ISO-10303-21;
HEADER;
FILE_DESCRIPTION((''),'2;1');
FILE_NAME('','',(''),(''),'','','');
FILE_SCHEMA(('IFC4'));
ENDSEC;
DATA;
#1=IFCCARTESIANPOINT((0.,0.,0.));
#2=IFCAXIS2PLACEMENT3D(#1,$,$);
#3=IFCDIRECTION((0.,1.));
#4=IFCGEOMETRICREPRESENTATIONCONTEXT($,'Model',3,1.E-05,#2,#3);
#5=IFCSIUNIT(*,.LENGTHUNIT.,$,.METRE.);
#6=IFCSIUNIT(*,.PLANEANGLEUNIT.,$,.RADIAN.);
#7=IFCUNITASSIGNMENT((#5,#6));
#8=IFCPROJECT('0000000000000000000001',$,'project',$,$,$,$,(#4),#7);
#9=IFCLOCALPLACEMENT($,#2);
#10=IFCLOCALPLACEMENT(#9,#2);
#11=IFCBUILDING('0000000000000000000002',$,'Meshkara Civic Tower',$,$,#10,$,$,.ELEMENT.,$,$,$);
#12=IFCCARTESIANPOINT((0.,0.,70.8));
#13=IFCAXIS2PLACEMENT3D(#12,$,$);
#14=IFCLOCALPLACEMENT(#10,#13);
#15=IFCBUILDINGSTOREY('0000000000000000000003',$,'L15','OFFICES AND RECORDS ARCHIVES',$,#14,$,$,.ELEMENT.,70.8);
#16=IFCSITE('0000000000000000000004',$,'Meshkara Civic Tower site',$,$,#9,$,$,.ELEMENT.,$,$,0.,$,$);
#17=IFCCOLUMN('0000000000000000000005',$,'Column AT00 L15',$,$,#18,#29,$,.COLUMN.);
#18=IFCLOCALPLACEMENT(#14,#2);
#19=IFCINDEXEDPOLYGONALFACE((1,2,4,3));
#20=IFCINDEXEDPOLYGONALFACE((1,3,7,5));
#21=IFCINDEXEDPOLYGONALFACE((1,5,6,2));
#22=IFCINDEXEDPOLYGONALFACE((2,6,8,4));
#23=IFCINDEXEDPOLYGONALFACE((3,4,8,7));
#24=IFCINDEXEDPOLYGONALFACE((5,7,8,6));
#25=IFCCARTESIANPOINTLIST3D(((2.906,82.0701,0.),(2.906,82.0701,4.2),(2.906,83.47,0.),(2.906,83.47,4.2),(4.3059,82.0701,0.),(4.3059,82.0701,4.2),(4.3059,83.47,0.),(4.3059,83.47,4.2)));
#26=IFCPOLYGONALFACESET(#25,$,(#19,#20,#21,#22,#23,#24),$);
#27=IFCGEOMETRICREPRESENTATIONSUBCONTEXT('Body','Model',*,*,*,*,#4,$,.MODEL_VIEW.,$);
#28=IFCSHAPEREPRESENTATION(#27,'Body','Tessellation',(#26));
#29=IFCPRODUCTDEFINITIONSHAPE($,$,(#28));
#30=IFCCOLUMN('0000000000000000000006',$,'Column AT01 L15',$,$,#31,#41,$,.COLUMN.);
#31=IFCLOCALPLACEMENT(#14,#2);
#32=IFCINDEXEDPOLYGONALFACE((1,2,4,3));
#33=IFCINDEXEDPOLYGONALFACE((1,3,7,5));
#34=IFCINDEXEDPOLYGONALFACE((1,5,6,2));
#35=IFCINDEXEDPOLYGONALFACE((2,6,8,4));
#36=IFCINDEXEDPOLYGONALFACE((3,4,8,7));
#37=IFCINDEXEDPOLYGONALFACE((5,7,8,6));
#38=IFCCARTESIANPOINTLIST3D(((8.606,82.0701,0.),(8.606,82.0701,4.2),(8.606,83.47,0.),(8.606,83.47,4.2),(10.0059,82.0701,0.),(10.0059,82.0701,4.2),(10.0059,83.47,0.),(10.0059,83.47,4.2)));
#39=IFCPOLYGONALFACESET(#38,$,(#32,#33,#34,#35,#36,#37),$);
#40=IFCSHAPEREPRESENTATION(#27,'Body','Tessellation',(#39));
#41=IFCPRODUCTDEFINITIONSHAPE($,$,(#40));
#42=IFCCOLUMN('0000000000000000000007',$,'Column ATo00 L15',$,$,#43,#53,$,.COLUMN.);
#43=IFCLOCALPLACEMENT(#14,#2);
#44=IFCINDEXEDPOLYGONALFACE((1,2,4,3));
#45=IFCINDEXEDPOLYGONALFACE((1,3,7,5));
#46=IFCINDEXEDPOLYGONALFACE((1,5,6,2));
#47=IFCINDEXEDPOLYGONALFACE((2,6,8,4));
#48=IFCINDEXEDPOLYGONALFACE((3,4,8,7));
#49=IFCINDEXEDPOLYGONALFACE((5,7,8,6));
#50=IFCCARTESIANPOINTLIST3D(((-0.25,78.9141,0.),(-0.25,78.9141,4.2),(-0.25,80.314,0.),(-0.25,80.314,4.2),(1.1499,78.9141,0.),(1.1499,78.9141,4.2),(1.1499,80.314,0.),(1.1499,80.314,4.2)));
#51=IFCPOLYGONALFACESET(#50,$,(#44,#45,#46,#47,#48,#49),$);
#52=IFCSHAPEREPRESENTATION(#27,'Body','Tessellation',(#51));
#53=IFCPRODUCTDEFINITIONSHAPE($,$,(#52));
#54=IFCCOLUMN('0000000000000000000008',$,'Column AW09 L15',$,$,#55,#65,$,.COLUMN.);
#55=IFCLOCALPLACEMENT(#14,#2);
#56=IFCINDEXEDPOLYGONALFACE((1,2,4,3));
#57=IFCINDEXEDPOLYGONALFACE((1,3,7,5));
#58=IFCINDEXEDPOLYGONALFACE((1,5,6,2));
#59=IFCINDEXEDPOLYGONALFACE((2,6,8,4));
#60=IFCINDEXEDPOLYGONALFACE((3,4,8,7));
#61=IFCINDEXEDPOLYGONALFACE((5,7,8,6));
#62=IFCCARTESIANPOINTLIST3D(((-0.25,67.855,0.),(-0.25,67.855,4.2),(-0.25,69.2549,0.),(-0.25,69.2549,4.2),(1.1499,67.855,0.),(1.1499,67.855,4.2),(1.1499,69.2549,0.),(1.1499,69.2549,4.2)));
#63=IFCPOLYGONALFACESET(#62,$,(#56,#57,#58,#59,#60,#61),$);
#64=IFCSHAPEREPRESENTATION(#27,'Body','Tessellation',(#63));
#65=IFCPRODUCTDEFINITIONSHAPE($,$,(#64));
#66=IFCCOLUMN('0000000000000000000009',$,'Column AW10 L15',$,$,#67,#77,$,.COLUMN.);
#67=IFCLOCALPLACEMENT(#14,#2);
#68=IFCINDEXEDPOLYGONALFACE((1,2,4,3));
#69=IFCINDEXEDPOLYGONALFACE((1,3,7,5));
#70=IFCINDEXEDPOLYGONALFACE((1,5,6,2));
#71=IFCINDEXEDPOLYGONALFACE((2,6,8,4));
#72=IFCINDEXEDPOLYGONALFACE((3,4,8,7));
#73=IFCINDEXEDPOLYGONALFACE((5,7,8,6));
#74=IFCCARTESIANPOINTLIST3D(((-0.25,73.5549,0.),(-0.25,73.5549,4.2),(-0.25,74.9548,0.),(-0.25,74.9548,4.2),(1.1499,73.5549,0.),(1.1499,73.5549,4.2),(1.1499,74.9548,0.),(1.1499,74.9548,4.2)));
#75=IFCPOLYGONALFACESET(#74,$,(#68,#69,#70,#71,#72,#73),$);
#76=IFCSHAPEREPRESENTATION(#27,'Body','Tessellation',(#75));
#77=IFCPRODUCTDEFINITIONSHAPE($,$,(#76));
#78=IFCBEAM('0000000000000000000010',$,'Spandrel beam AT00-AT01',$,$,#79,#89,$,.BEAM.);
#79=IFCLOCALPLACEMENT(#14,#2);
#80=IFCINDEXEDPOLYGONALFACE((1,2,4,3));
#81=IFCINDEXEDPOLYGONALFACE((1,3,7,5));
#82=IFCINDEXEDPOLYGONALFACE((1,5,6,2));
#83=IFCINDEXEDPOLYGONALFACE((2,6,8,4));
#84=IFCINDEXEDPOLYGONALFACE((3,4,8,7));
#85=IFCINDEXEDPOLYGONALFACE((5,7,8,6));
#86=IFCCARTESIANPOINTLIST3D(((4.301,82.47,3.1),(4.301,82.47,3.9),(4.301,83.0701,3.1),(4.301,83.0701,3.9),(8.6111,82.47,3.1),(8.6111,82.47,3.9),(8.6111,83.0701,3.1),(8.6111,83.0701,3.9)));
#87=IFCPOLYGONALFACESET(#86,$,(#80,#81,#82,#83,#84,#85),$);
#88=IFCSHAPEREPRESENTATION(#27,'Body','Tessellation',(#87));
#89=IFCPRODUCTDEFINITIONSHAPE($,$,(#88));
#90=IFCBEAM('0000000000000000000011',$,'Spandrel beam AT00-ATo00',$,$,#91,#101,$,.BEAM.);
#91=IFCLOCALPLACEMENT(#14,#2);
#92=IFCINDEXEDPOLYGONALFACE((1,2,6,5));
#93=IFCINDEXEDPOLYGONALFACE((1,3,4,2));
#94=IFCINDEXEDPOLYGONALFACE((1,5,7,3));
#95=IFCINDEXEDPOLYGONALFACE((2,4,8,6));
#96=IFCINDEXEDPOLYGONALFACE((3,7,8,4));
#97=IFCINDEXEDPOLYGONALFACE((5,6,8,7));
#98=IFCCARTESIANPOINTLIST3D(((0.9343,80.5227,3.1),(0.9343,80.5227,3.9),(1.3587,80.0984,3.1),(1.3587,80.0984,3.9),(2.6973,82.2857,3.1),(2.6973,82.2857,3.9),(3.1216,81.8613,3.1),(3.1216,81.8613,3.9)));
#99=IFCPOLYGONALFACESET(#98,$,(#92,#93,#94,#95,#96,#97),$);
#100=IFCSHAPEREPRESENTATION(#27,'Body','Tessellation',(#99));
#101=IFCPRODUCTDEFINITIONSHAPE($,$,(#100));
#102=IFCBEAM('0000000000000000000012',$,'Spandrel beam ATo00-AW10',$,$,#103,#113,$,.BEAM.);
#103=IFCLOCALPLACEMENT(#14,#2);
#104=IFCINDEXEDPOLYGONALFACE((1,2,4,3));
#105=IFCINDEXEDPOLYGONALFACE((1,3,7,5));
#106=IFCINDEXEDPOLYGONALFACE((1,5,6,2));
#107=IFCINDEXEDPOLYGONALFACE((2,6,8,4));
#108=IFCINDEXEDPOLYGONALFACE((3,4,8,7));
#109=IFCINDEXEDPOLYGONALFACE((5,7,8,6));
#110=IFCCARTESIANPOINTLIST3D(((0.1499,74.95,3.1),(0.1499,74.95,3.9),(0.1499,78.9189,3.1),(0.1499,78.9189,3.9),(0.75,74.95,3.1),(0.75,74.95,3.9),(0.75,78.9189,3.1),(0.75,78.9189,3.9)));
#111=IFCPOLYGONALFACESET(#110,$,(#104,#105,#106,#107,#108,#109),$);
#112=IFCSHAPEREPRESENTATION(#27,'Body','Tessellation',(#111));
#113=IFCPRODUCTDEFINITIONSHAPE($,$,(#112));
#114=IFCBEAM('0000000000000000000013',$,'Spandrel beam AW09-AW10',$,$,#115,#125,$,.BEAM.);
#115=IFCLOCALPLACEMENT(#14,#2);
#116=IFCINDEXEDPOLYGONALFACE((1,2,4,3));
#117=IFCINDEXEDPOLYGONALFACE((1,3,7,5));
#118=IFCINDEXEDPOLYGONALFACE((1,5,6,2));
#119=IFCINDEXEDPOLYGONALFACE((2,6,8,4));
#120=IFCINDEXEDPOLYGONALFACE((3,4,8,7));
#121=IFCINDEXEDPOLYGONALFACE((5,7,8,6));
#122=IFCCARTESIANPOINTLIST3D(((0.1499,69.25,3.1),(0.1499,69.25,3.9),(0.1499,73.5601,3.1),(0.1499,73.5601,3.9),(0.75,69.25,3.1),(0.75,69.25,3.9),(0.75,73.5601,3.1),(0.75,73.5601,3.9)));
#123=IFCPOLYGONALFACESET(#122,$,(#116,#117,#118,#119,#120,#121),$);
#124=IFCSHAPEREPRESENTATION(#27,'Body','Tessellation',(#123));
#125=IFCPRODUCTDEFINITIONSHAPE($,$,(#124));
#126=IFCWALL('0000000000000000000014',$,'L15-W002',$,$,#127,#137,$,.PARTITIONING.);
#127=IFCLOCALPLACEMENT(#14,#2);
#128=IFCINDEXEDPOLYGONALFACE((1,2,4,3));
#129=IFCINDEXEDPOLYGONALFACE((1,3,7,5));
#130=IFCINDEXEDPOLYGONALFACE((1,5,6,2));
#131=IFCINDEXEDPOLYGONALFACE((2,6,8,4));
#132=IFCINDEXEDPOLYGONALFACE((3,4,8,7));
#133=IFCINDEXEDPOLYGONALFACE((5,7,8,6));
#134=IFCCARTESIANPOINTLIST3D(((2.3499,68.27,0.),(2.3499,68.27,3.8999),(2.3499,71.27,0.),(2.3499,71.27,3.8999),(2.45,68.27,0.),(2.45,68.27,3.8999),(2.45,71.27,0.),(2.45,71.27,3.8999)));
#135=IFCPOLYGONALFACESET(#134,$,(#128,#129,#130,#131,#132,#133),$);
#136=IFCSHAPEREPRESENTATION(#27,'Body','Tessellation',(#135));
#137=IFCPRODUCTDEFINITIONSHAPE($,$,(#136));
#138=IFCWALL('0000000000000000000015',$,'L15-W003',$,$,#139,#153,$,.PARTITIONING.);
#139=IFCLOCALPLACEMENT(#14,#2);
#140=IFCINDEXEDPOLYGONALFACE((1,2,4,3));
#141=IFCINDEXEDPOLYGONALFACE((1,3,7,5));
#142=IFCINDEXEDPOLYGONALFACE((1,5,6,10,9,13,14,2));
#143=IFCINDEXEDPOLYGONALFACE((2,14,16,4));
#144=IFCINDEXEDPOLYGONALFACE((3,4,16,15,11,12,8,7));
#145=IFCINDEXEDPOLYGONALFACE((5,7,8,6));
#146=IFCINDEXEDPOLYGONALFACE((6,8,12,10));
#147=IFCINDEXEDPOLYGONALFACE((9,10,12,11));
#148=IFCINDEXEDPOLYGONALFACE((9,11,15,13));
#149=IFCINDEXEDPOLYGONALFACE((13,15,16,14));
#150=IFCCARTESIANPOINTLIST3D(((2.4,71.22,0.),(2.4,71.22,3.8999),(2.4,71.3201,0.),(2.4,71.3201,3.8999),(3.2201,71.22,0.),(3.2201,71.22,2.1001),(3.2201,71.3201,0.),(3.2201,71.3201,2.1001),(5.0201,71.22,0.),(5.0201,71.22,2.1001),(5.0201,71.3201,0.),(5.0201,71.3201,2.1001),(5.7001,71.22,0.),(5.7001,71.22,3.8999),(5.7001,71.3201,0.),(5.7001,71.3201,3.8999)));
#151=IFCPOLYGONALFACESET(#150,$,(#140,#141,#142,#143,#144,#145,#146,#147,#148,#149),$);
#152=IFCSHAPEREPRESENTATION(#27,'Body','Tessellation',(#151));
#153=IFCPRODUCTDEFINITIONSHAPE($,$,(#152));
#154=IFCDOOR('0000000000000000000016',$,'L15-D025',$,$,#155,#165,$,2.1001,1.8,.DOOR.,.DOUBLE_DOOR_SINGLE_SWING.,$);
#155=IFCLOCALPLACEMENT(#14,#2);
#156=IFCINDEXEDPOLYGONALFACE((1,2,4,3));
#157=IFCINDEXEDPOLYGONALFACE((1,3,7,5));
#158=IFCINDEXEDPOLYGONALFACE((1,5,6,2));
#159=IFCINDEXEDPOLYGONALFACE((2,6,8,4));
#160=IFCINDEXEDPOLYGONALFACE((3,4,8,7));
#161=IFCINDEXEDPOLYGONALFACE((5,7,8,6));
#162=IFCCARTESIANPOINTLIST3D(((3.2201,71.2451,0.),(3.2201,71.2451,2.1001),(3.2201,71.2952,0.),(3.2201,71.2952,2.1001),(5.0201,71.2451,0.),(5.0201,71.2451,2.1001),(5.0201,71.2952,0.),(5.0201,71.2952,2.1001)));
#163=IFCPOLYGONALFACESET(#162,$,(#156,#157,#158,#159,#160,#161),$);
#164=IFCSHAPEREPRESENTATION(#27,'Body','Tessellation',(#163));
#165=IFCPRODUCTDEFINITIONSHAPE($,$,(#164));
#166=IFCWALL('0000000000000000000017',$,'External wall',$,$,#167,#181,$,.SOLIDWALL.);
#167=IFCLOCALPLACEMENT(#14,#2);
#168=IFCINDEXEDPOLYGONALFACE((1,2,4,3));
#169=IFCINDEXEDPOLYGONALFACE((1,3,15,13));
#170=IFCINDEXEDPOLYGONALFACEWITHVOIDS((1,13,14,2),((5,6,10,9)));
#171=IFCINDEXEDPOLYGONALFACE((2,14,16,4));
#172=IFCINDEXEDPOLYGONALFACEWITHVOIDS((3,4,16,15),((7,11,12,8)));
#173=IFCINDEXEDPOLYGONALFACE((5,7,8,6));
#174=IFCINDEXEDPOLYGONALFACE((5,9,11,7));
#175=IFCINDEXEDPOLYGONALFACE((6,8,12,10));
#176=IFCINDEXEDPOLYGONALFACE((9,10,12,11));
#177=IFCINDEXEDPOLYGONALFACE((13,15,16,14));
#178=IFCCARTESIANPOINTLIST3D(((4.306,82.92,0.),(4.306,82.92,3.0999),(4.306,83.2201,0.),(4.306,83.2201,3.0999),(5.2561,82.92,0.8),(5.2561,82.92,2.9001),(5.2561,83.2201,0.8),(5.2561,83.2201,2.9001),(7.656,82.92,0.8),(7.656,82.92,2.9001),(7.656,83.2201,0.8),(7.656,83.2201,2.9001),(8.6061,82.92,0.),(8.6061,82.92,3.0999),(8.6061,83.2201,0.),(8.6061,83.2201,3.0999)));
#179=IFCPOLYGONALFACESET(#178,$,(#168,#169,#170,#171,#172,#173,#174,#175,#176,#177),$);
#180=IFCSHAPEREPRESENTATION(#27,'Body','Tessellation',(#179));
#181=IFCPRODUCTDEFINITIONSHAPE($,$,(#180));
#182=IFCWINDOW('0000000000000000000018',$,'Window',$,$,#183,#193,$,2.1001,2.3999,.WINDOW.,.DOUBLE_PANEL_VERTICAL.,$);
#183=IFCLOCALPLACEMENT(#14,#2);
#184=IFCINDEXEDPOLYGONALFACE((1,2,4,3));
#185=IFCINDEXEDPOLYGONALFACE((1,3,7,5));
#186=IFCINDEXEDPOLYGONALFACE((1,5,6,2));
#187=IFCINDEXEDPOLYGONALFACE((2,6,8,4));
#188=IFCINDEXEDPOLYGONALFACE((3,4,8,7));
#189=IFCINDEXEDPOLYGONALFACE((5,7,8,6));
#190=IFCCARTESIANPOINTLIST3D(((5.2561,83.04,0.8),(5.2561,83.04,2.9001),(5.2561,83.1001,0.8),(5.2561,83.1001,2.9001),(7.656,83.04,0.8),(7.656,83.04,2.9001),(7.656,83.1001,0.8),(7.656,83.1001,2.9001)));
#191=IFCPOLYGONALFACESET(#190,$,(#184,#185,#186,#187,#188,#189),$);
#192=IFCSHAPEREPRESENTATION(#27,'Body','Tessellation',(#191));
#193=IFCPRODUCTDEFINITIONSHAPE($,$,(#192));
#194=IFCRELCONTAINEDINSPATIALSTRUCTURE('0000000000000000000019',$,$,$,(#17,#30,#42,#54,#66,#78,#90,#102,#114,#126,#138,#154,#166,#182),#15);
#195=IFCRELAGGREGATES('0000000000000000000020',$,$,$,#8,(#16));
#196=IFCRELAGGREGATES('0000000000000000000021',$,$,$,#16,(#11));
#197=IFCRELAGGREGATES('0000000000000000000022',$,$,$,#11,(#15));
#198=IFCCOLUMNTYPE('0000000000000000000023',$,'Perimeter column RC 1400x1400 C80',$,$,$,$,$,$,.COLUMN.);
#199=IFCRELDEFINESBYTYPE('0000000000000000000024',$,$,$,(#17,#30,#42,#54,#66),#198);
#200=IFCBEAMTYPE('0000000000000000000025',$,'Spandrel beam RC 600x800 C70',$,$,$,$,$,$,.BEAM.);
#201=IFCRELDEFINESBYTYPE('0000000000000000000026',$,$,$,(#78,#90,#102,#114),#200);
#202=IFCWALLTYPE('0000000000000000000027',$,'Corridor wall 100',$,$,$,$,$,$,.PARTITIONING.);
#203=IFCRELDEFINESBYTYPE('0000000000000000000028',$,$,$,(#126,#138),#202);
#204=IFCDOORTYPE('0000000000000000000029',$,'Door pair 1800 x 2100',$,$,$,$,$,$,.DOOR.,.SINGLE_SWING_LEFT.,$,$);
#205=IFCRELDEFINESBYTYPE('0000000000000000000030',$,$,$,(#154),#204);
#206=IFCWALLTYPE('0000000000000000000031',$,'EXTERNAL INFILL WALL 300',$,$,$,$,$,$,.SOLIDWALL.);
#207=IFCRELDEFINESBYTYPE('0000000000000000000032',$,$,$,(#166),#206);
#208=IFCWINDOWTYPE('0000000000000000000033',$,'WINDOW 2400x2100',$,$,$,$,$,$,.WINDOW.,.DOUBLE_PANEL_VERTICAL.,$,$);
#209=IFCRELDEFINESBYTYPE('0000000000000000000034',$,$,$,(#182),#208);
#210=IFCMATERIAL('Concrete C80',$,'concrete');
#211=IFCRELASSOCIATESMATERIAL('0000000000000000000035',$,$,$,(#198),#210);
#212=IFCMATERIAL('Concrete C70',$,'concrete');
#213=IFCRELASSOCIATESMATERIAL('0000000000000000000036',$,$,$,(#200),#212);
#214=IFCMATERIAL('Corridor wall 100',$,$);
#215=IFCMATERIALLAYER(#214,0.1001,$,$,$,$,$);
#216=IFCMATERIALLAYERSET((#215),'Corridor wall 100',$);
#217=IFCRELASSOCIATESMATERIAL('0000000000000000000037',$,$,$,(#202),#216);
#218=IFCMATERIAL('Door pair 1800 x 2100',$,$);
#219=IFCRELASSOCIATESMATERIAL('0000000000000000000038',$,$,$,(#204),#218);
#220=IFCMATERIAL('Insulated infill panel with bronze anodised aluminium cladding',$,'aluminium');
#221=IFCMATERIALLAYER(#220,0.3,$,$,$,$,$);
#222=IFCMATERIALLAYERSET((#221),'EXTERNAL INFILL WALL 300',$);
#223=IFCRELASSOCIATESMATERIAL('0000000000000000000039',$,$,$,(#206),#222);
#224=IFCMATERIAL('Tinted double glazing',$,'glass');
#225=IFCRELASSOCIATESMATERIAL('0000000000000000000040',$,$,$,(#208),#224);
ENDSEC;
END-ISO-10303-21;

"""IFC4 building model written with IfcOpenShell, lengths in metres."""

from ifc_helpers import new_model, si_unit, direction, frame, frame_2d, origin, origin_2d, place, context, subcontext, project, spatial, rectangle, extrude, material, layer, layer_set, material_profile, profile_set, type_object, element, fill, save


model = new_model("IFC4")

# Units and contexts
model_context = context("Model", 3, precision=1e-05, world=origin(), true_north=direction((0.0, 1.0)))
body_context = subcontext(model_context, "Body", "Model", "MODEL_VIEW")
ifc_project = project(units=[si_unit("LENGTHUNIT", "METRE"), si_unit("PLANEANGLEUNIT", "RADIAN")], contexts=[model_context])

# Site, building, storey
site_placement = place(None, origin())
site = spatial("IfcSite", under=ifc_project, at=site_placement, Name="Meshkara Civic Tower site", CompositionType="ELEMENT", RefElevation=0.0)
building_placement = place(site_placement, origin())
building = spatial("IfcBuilding", under=site, at=building_placement, Name="Meshkara Civic Tower", CompositionType="ELEMENT")
storey_placement = place(building_placement, frame((0.0, 0.0, 70.8)))
storey = spatial("IfcBuildingStorey", under=building, at=storey_placement, Name="L15", Description="OFFICES AND RECORDS ARCHIVES", CompositionType="ELEMENT", Elevation=70.8)

# Columns
ifc_material_1 = material(Name="Concrete C80", Category="concrete")
ifc_material_profile_1 = material_profile(ifc_material_1, rectangle(XDim=1.3999, YDim=1.3999, at=origin_2d()))
ifc_profile_set_1 = profile_set([ifc_material_profile_1], Name="Concrete C80")
column_type = type_object("IfcColumnType", Name="Perimeter column RC 1400x1400 C80", PredefinedType="COLUMN", material=ifc_profile_set_1)
for number, where, z_axis, x_axis, name in (
    (1, (3.606, 82.77, 0.0), (0.0, 0.0, 1.0), (1.0, 0.0, 0.0), "Column AT00 L15"),
    (2, (9.3059, 82.77, 0.0), (0.0, 0.0, 1.0), (1.0, 0.0, 0.0), "Column AT01 L15"),
    (3, (0.45, 79.614, 0.0), (0.0, 0.0, 1.0), (1.0, 0.0, 0.0), "Column ATo00 L15"),
    (4, (0.45, 68.5549, 0.0), (0.0, 0.0, 1.0), (1.0, 0.0, 0.0), "Column AW09 L15"),
    (5, (0.45, 74.2549, 0.0), (0.0, 0.0, 1.0), (1.0, 0.0, 0.0), "Column AW10 L15"),
):
    element("IfcColumn", number, at=place(storey_placement, frame(where, z_axis=z_axis, x_axis=x_axis)), inside=storey, type_object=column_type, Name=name, PredefinedType="COLUMN", context=body_context, shape_type="SweptSolid", body=[
        extrude(rectangle(XDim=1.3999, YDim=1.3999, at=origin_2d()), origin(), (0.0, 0.0, 1.0), 4.2),
    ])

# Beams
ifc_material_2 = material(Name="Concrete C70", Category="concrete")
ifc_material_profile_2 = material_profile(ifc_material_2, rectangle(XDim=0.6001, YDim=0.8, at=origin_2d()))
ifc_profile_set_2 = profile_set([ifc_material_profile_2], Name="Concrete C70")
beam_type = type_object("IfcBeamType", Name="Spandrel beam RC 600x800 C70", PredefinedType="BEAM", material=ifc_profile_set_2)
beam_1_placement = place(storey_placement, frame((8.6111, 82.77, 3.5), z_axis=(-1.0, 0.0, 0.0), x_axis=(0.0, -1.0, 0.0)))
element("IfcBeam", 6, at=beam_1_placement, inside=storey, type_object=beam_type, Name="Spandrel beam AT00-AT01", PredefinedType="BEAM", context=body_context, shape_type="SweptSolid", body=[
    extrude(rectangle(XDim=0.6001, YDim=0.8, at=origin_2d()), origin(), (0.0, 0.0, 1.0), 4.3101),
])
beam_2_placement = place(storey_placement, frame((2.9094, 82.0735, 3.5), z_axis=(-0.707107, -0.707107, 0.0), x_axis=(0.707107, -0.707107, 0.0)))
element("IfcBeam", 7, at=beam_2_placement, inside=storey, type_object=beam_type, Name="Spandrel beam AT00-ATo00", PredefinedType="BEAM", context=body_context, shape_type="SweptSolid", body=[
    extrude(rectangle(XDim=0.6001, YDim=0.8, at=origin_2d()), origin(), (0.0, 0.0, 1.0), 2.4932),
])
beam_3_placement = place(storey_placement, frame((0.45, 78.9189, 3.5), z_axis=(0.0, -1.0, 0.0), x_axis=(1.0, 0.0, 0.0)))
element("IfcBeam", 8, at=beam_3_placement, inside=storey, type_object=beam_type, Name="Spandrel beam ATo00-AW10", PredefinedType="BEAM", context=body_context, shape_type="SweptSolid", body=[
    extrude(rectangle(XDim=0.6001, YDim=0.8, at=origin_2d()), origin(), (0.0, 0.0, 1.0), 3.969),
])
beam_4_placement = place(storey_placement, frame((0.45, 73.5601, 3.5), z_axis=(0.0, -1.0, 0.0), x_axis=(1.0, 0.0, 0.0)))
element("IfcBeam", 9, at=beam_4_placement, inside=storey, type_object=beam_type, Name="Spandrel beam AW09-AW10", PredefinedType="BEAM", context=body_context, shape_type="SweptSolid", body=[
    extrude(rectangle(XDim=0.6001, YDim=0.8, at=origin_2d()), origin(), (0.0, 0.0, 1.0), 4.3101),
])

# Wall
ifc_material_3 = material(Name="Corridor wall 100")
ifc_layer_1 = layer(ifc_material_3, 0.1001)
ifc_layer_set_1 = layer_set([ifc_layer_1], Name="Corridor wall 100")
wall_type_1 = type_object("IfcWallType", Name="Corridor wall 100", PredefinedType="PARTITIONING", material=ifc_layer_set_1)
wall_1_placement = place(storey_placement, frame((2.3999, 71.27, 0.0), z_axis=(0.0, 0.0, 1.0), x_axis=(0.0, -1.0, 0.0)))
element("IfcWall", 10, at=wall_1_placement, inside=storey, type_object=wall_type_1, Name="L15-W002", PredefinedType="PARTITIONING", context=body_context, shape_type="SweptSolid", body=[
    extrude(rectangle(XDim=3.0, YDim=0.1001, at=frame_2d((1.5, 0.0))), origin(), (0.0, 0.0, 1.0), 3.8999),
])

# Wall, opening, door
wall_2_placement = place(storey_placement, frame((5.7, 71.27, 0.0), z_axis=(0.0, 0.0, 1.0), x_axis=(-1.0, 0.0, 0.0)))
wall_2 = element("IfcWall", 11, at=wall_2_placement, inside=storey, type_object=wall_type_1, Name="L15-W003", PredefinedType="PARTITIONING", context=body_context, shape_type="SweptSolid", body=[
    extrude(rectangle(XDim=3.3, YDim=0.1001, at=frame_2d((1.6499, 0.0))), origin(), (0.0, 0.0, 1.0), 3.8999),
])
opening_1_placement = place(wall_2_placement, frame((0.6799, 0.0, 0.0)))
opening_1 = element("IfcOpeningElement", 12, at=opening_1_placement, cuts=wall_2, PredefinedType="OPENING", context=body_context, shape_type="SweptSolid", body=[
    extrude(rectangle(XDim=1.8, YDim=2.1001, at=frame_2d((0.8999, 1.05))), frame((0.0, 0.0601, 0.0), z_axis=(0.0, -1.0, 0.0), x_axis=(1.0, 0.0, 0.0)), (0.0, 0.0, 1.0), 0.1201),
])
ifc_material_4 = material(Name="Door pair 1800 x 2100")
door_type_1 = type_object("IfcDoorType", Name="Door pair 1800 x 2100", OperationType="SINGLE_SWING_LEFT", PredefinedType="DOOR", material=ifc_material_4)
door_1_placement = place(opening_1_placement, origin())
door_1 = element("IfcDoor", 13, at=door_1_placement, inside=storey, type_object=door_type_1, Name="L15-D025", OperationType="DOUBLE_DOOR_SINGLE_SWING", OverallHeight=2.1001, OverallWidth=1.8, PredefinedType="DOOR", context=body_context, shape_type="SweptSolid", body=[
    extrude(rectangle(XDim=1.8, YDim=2.1001, at=frame_2d((0.8999, 1.05))), frame((0.0, 0.0249, 0.0), z_axis=(0.0, -1.0, 0.0), x_axis=(1.0, 0.0, 0.0)), (0.0, 0.0, 1.0), 0.05),
])
fill(opening_1, door_1)

# Wall, opening, window
ifc_material_5 = material(Name="Insulated infill panel with bronze anodised aluminium cladding", Category="aluminium")
ifc_layer_2 = layer(ifc_material_5, 0.3)
ifc_layer_set_2 = layer_set([ifc_layer_2], Name="EXTERNAL INFILL WALL 300")
wall_type_2 = type_object("IfcWallType", Name="EXTERNAL INFILL WALL 300", PredefinedType="SOLIDWALL", material=ifc_layer_set_2)
wall_3_placement = place(storey_placement, frame((8.606, 83.0701, 0.0), z_axis=(0.0, 0.0, 1.0), x_axis=(-1.0, 0.0, 0.0)))
wall_3 = element("IfcWall", 14, at=wall_3_placement, inside=storey, type_object=wall_type_2, Name="External wall", PredefinedType="SOLIDWALL", context=body_context, shape_type="SweptSolid", body=[
    extrude(rectangle(XDim=4.3, YDim=0.3, at=frame_2d((2.1499, 0.0))), origin(), (0.0, 0.0, 1.0), 3.0999),
])
opening_2_placement = place(wall_3_placement, frame((0.95, 0.0, 0.8)))
opening_2 = element("IfcOpeningElement", 15, at=opening_2_placement, cuts=wall_3, PredefinedType="OPENING", context=body_context, shape_type="SweptSolid", body=[
    extrude(rectangle(XDim=2.3999, YDim=2.1001, at=frame_2d((1.2, 1.05))), frame((0.0, 0.1599, 0.0), z_axis=(0.0, -1.0, 0.0), x_axis=(1.0, 0.0, 0.0)), (0.0, 0.0, 1.0), 0.3201),
])
ifc_material_6 = material(Name="Tinted double glazing", Category="glass")
window_type_1 = type_object("IfcWindowType", Name="WINDOW 2400x2100", PartitioningType="DOUBLE_PANEL_VERTICAL", PredefinedType="WINDOW", material=ifc_material_6)
window_1_placement = place(opening_2_placement, origin())
window_1 = element("IfcWindow", 16, at=window_1_placement, inside=storey, type_object=window_type_1, Name="Window", OverallHeight=2.1001, OverallWidth=2.3999, PartitioningType="DOUBLE_PANEL_VERTICAL", PredefinedType="WINDOW", context=body_context, shape_type="SweptSolid", body=[
    extrude(rectangle(XDim=2.3999, YDim=2.1001, at=frame_2d((1.2, 1.05))), frame((0.0, 0.03, 0.0), z_axis=(0.0, -1.0, 0.0), x_axis=(1.0, 0.0, 0.0)), (0.0, 0.0, 1.0), 0.0601),
])
fill(opening_2, window_1)

save(model, "model.ifc")
